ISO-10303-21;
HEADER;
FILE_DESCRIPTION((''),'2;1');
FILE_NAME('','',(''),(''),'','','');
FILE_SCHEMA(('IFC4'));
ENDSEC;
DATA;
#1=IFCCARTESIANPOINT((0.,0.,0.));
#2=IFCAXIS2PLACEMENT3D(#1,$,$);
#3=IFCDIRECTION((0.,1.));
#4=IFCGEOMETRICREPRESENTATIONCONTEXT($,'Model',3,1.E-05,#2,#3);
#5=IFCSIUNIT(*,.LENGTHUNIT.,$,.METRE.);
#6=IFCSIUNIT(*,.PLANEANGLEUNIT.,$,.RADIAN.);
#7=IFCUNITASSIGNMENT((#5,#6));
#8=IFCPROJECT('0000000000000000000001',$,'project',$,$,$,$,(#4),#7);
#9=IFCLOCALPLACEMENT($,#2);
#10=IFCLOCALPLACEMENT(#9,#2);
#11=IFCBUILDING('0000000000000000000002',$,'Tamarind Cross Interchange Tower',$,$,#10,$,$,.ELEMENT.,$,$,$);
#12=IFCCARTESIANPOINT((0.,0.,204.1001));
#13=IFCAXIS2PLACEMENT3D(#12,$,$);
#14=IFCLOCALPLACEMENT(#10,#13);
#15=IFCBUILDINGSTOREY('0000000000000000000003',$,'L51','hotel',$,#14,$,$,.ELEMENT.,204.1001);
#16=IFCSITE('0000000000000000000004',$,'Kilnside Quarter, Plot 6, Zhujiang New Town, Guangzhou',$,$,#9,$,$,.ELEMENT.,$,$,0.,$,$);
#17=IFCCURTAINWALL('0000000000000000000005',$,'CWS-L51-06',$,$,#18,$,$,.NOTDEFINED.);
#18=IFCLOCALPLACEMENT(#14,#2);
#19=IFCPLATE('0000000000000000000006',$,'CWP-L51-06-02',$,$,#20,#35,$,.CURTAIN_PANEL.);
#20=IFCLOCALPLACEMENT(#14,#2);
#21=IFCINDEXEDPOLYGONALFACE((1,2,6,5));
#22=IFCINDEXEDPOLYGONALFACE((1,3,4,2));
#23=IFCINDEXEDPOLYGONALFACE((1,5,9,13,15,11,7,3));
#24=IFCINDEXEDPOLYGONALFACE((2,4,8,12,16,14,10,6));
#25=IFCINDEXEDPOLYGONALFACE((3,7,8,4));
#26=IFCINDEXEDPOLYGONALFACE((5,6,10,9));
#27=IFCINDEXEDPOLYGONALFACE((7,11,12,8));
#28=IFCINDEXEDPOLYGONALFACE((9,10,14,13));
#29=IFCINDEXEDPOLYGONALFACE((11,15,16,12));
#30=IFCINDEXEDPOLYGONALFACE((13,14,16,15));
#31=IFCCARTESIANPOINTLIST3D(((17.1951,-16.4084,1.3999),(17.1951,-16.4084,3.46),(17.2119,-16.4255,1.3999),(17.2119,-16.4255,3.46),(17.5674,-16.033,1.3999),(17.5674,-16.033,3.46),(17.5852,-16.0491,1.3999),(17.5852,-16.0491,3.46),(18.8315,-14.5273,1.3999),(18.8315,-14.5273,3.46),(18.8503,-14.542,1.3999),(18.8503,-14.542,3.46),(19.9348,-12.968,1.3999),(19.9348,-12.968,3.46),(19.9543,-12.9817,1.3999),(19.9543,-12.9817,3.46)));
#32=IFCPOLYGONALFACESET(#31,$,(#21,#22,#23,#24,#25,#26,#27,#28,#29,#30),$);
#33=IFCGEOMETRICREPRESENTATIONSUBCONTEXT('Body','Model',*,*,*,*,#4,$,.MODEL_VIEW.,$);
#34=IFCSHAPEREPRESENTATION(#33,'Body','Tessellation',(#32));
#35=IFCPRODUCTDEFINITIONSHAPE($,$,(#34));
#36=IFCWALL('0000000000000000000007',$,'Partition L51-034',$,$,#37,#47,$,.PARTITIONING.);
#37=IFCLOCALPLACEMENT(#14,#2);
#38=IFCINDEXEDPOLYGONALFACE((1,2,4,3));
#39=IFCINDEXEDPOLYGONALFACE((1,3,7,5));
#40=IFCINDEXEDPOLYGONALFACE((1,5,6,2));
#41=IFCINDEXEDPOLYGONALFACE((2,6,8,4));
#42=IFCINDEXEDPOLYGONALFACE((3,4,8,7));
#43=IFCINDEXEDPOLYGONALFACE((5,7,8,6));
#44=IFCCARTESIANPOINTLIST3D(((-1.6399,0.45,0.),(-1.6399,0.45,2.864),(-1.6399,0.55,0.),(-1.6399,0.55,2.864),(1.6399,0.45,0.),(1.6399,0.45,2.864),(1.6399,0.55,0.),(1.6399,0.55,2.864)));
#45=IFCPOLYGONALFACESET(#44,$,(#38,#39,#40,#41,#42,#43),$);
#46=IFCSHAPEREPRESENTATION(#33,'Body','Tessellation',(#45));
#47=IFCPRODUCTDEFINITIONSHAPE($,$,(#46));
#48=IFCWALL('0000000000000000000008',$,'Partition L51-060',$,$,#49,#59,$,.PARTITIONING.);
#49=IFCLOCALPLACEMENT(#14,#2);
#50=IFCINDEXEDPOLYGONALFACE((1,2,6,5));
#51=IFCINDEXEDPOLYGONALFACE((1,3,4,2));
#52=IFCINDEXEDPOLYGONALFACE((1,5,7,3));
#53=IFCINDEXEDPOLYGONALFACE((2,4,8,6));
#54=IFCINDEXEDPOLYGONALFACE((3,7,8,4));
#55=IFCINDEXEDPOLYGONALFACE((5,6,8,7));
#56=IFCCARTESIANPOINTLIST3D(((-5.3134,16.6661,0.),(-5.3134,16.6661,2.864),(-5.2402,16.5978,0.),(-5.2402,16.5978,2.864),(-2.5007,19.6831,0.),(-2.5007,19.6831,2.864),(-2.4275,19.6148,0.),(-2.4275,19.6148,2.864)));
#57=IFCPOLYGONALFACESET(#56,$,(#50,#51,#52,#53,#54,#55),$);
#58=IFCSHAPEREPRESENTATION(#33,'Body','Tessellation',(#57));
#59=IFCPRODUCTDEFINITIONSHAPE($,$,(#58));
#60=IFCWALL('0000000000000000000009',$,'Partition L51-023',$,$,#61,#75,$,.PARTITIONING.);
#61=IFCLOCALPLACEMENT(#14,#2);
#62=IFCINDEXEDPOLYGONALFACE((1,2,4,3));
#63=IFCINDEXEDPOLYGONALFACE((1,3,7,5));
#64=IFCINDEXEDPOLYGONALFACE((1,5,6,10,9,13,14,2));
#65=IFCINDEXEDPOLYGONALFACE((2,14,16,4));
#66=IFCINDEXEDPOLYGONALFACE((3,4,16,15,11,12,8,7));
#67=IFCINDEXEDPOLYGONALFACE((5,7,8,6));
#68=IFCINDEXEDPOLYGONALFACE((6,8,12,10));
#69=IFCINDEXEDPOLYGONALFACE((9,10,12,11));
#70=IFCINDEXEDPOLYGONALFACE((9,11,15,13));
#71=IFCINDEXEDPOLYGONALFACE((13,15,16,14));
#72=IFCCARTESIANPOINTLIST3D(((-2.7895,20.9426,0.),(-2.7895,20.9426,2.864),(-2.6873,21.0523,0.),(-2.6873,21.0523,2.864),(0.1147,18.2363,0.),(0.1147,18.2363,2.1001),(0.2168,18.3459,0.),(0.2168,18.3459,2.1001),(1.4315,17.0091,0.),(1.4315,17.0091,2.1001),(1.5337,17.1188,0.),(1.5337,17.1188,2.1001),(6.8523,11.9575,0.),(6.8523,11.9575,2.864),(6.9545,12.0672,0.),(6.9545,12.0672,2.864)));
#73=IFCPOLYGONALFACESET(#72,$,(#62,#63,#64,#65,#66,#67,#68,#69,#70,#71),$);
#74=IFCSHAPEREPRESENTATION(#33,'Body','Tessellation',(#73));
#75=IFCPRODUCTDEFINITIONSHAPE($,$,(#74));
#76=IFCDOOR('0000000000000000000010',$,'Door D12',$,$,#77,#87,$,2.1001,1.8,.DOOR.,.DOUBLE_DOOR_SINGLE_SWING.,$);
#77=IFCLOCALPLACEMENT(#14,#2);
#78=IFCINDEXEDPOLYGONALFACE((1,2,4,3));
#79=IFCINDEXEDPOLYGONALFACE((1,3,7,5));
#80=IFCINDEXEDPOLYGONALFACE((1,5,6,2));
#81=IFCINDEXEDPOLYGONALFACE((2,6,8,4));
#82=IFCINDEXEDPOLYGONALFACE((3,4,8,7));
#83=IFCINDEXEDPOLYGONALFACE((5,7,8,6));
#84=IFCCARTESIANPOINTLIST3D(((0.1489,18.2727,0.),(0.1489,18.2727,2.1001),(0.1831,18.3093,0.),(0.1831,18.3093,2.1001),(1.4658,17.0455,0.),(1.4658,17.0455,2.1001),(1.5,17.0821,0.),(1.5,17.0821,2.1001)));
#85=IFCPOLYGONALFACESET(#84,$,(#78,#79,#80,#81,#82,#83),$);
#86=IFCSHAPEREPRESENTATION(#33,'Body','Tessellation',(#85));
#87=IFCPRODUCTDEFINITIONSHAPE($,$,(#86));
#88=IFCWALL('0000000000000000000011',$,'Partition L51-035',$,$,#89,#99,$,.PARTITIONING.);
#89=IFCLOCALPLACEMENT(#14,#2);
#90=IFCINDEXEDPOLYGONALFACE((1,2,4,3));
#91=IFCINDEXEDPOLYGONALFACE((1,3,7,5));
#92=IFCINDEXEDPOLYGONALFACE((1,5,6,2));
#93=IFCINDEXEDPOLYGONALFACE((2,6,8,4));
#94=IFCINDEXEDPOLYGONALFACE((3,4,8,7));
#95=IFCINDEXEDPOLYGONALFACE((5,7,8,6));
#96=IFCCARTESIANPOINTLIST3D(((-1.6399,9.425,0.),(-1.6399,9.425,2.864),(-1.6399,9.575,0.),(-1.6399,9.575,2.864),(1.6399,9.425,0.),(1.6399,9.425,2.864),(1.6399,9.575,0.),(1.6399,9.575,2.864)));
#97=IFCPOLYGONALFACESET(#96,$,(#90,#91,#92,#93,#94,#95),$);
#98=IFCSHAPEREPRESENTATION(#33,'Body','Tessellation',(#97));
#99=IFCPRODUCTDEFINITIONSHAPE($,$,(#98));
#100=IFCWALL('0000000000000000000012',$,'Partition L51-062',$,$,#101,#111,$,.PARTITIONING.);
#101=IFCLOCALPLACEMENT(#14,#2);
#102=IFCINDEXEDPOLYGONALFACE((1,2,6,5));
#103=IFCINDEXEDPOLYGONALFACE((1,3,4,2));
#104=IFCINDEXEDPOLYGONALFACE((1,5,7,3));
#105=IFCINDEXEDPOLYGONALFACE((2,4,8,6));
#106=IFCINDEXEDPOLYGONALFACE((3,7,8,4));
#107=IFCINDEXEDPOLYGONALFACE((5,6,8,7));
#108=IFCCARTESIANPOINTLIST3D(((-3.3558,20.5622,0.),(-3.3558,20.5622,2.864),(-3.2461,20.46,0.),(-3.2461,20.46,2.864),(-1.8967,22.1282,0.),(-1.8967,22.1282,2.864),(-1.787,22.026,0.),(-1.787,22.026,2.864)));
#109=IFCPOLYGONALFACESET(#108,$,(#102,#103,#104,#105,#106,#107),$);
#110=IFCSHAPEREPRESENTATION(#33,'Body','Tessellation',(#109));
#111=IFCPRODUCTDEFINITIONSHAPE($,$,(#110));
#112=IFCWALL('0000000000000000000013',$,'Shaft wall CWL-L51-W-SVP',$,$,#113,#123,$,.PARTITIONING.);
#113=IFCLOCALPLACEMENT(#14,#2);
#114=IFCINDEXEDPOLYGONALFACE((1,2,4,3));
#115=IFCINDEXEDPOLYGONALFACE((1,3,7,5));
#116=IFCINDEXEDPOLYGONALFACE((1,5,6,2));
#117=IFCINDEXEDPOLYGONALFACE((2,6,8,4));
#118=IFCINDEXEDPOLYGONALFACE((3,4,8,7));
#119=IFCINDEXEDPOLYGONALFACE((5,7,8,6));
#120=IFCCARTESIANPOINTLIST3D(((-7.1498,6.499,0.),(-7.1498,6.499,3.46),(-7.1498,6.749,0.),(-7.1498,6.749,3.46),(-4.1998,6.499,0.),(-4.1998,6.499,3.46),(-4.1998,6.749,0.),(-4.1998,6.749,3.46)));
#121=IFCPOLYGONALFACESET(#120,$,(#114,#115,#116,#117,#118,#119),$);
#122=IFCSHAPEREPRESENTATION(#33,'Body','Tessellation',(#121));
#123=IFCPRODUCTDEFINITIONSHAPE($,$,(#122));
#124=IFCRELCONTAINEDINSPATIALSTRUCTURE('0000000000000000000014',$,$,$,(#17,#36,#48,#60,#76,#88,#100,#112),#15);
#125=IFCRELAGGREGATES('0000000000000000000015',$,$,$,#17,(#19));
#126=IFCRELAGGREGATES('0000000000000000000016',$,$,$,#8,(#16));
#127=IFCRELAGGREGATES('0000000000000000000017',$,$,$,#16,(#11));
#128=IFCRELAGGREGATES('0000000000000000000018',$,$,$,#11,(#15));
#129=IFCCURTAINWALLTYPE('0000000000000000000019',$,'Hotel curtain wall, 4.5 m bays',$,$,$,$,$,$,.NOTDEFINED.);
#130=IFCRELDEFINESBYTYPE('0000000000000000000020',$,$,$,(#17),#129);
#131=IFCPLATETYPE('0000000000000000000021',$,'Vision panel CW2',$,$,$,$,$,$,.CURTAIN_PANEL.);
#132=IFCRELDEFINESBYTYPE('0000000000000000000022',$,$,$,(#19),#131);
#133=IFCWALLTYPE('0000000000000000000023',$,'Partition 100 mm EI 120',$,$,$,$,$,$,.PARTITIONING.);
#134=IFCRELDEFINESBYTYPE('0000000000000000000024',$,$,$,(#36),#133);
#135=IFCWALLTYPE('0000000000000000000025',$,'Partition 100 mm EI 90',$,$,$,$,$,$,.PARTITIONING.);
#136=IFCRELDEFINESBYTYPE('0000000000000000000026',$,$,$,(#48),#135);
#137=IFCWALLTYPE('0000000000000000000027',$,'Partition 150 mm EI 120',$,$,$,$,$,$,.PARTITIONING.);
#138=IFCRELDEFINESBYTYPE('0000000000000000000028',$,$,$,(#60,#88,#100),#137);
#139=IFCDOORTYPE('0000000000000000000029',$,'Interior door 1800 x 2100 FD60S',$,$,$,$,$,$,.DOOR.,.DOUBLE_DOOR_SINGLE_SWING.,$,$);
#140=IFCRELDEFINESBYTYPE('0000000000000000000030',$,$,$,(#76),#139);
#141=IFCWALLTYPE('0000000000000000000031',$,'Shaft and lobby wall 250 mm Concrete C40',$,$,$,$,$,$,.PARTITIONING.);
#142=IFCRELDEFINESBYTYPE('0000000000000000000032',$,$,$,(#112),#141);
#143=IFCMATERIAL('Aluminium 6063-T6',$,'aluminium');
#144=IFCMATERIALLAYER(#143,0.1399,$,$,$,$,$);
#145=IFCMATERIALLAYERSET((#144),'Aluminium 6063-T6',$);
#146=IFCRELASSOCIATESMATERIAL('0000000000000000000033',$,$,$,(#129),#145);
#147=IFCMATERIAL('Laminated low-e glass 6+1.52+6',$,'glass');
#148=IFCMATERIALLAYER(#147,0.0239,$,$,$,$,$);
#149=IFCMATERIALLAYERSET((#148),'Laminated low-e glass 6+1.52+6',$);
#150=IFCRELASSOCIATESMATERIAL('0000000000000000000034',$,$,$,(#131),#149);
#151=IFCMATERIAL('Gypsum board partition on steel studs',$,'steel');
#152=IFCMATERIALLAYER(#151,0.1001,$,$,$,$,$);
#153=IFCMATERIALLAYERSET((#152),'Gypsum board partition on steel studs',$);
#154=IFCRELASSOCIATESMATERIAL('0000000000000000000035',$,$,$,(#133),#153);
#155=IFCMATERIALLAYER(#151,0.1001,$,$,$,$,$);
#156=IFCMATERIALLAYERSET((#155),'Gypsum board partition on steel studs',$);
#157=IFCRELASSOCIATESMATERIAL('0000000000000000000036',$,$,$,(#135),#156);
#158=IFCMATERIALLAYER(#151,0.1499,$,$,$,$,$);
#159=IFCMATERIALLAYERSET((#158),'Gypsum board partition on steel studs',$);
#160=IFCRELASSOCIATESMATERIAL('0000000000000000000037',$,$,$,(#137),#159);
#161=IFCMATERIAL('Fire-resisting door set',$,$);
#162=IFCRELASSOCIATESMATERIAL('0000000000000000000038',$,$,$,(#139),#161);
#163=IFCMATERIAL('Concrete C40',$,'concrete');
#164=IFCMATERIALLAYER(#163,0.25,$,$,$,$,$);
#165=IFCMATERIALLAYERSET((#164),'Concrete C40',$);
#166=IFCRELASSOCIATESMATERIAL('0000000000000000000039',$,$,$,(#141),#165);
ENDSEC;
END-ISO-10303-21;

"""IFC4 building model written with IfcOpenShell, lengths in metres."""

from ifc_helpers import new_model, si_unit, direction, frame, frame_2d, origin, place, context, subcontext, project, spatial, polyline, rectangle, outline, extrude, material, layer, layer_set, type_object, element, fill, aggregate, save


model = new_model("IFC4")

# Units and contexts
model_context = context("Model", 3, precision=1e-05, world=origin(), true_north=direction((0.0, 1.0)))
body_context = subcontext(model_context, "Body", "Model", "MODEL_VIEW")
ifc_project = project(units=[si_unit("LENGTHUNIT", "METRE"), si_unit("PLANEANGLEUNIT", "RADIAN")], contexts=[model_context])

# Site, building, storey
site_placement = place(None, origin())
site = spatial("IfcSite", under=ifc_project, at=site_placement, Name="Kilnside Quarter, Plot 6, Zhujiang New Town, Guangzhou", CompositionType="ELEMENT", RefElevation=0.0)
building_placement = place(site_placement, origin())
building = spatial("IfcBuilding", under=site, at=building_placement, Name="Tamarind Cross Interchange Tower", CompositionType="ELEMENT")
storey_placement = place(building_placement, frame((0.0, 0.0, 204.1001)))
storey = spatial("IfcBuildingStorey", under=building, at=storey_placement, Name="L51", Description="hotel", CompositionType="ELEMENT", Elevation=204.1001)

# Shared definitions
ifc_material_1 = material(Name="Aluminium 6063-T6", Category="aluminium")
ifc_layer_1 = layer(ifc_material_1, 0.1399)
ifc_layer_set_1 = layer_set([ifc_layer_1], Name="Aluminium 6063-T6")
curtain_wall_type = type_object("IfcCurtainWallType", Name="Hotel curtain wall, 4.5 m bays", PredefinedType="NOTDEFINED", material=ifc_layer_set_1)

# Shared definitions
ifc_material_2 = material(Name="Laminated low-e glass 6+1.52+6", Category="glass")
ifc_layer_2 = layer(ifc_material_2, 0.0239)
ifc_layer_set_2 = layer_set([ifc_layer_2], Name="Laminated low-e glass 6+1.52+6")
plate_type = type_object("IfcPlateType", Name="Vision panel CW2", PredefinedType="CURTAIN_PANEL", material=ifc_layer_set_2)

# Curtain wall, plate
curtain_wall_1_placement = place(storey_placement, origin())
curtain_wall_1 = element("IfcCurtainWall", 1, at=curtain_wall_1_placement, inside=storey, type_object=curtain_wall_type, Name="CWS-L51-06", PredefinedType="NOTDEFINED")
plate_1_placement = place(storey_placement, frame((0.0, 0.0, 1.3999)))
plate_1 = element("IfcPlate", 2, at=plate_1_placement, type_object=plate_type, Name="CWP-L51-06-02", PredefinedType="CURTAIN_PANEL", context=body_context, shape_type="SweptSolid", body=[
    extrude(outline(polyline([(17.1951, -16.4084), (17.5674, -16.033), (18.8315, -14.5273), (19.9348, -12.968), (19.9543, -12.9817), (18.8503, -14.542), (17.5852, -16.0491), (17.2119, -16.4255), (17.1951, -16.4084)])), origin(), (0.0, 0.0, 1.0), 2.0601),
])
aggregate(curtain_wall_1, [plate_1])

# Walls
ifc_material_3 = material(Name="Gypsum board partition on steel studs", Category="steel")
ifc_layer_3 = layer(ifc_material_3, 0.1001)
ifc_layer_set_3 = layer_set([ifc_layer_3], Name="Gypsum board partition on steel studs")
wall_type_1 = type_object("IfcWallType", Name="Partition 100 mm EI 120", PredefinedType="PARTITIONING", material=ifc_layer_set_3)
wall_1_placement = place(storey_placement, frame((-1.6399, 0.5, 0.0), z_axis=(0.0, 0.0, 1.0), x_axis=(1.0, 0.0, 0.0)))
element("IfcWall", 3, at=wall_1_placement, inside=storey, type_object=wall_type_1, Name="Partition L51-034", PredefinedType="PARTITIONING", context=body_context, shape_type="SweptSolid", body=[
    extrude(rectangle(XDim=3.2798, YDim=0.1001, at=frame_2d((1.6399, 0.0))), origin(), (0.0, 0.0, 1.0), 2.864),
])
ifc_layer_4 = layer(ifc_material_3, 0.1001)
ifc_layer_set_4 = layer_set([ifc_layer_4], Name="Gypsum board partition on steel studs")
wall_type_2 = type_object("IfcWallType", Name="Partition 100 mm EI 90", PredefinedType="PARTITIONING", material=ifc_layer_set_4)
wall_2_placement = place(storey_placement, frame((-5.2769, 16.6318, 0.0), z_axis=(0.0, 0.0, 1.0), x_axis=(0.681903, 0.731443, 0.0)))
element("IfcWall", 4, at=wall_2_placement, inside=storey, type_object=wall_type_2, Name="Partition L51-060", PredefinedType="PARTITIONING", context=body_context, shape_type="SweptSolid", body=[
    extrude(rectangle(XDim=4.1248, YDim=0.1001, at=frame_2d((2.0625, 0.0))), origin(), (0.0, 0.0, 1.0), 2.864),
])

# Wall, opening, door
ifc_layer_5 = layer(ifc_material_3, 0.1499)
ifc_layer_set_5 = layer_set([ifc_layer_5], Name="Gypsum board partition on steel studs")
wall_type_3 = type_object("IfcWallType", Name="Partition 150 mm EI 120", PredefinedType="PARTITIONING", material=ifc_layer_set_5)
wall_3_placement = place(storey_placement, frame((-2.7385, 20.9976, 0.0), z_axis=(0.0, 0.0, 1.0), x_axis=(0.731583, -0.681752, 0.0)))
wall_3 = element("IfcWall", 5, at=wall_3_placement, inside=storey, type_object=wall_type_3, Name="Partition L51-023", PredefinedType="PARTITIONING", context=body_context, shape_type="SweptSolid", body=[
    extrude(rectangle(XDim=13.1794, YDim=0.1499, at=frame_2d((6.5898, 0.0))), origin(), (0.0, 0.0, 1.0), 2.864),
])
opening_placement = place(wall_3_placement, frame((3.97, 0.0, 0.0)))
opening = element("IfcOpeningElement", 6, at=opening_placement, cuts=wall_3, PredefinedType="OPENING", context=body_context, shape_type="SweptSolid", body=[
    extrude(rectangle(XDim=1.8, YDim=2.1001, at=frame_2d((0.8999, 1.05))), frame((0.0, 0.085, 0.0), z_axis=(0.0, -1.0, 0.0), x_axis=(1.0, 0.0, 0.0)), (0.0, 0.0, 1.0), 0.1699),
])
ifc_material_4 = material(Name="Fire-resisting door set")
door_type = type_object("IfcDoorType", Name="Interior door 1800 x 2100 FD60S", OperationType="DOUBLE_DOOR_SINGLE_SWING", PredefinedType="DOOR", material=ifc_material_4)
door_placement = place(opening_placement, frame((1.8, 0.0, 0.0), z_axis=(0.0, 0.0, 1.0), x_axis=(-1.0, 0.0, 0.0)))
door = element("IfcDoor", 7, at=door_placement, inside=storey, type_object=door_type, Name="Door D12", OperationType="DOUBLE_DOOR_SINGLE_SWING", OverallHeight=2.1001, OverallWidth=1.8, PredefinedType="DOOR", context=body_context, shape_type="SweptSolid", body=[
    extrude(rectangle(XDim=1.8, YDim=2.1001, at=frame_2d((0.8999, 1.05))), frame((0.0, 0.0249, 0.0), z_axis=(0.0, -1.0, 0.0), x_axis=(1.0, 0.0, 0.0)), (0.0, 0.0, 1.0), 0.05),
])
fill(opening, door)

# Walls
wall_4_placement = place(storey_placement, frame((-1.6399, 9.5, 0.0), z_axis=(0.0, 0.0, 1.0), x_axis=(1.0, 0.0, 0.0)))
element("IfcWall", 8, at=wall_4_placement, inside=storey, type_object=wall_type_3, Name="Partition L51-035", PredefinedType="PARTITIONING", context=body_context, shape_type="SweptSolid", body=[
    extrude(rectangle(XDim=3.2798, YDim=0.1499, at=frame_2d((1.6399, 0.0))), origin(), (0.0, 0.0, 1.0), 2.864),
])
wall_5_placement = place(storey_placement, frame((-3.301, 20.511, 0.0), z_axis=(0.0, 0.0, 1.0), x_axis=(0.681684, 0.731647, 0.0)))
element("IfcWall", 9, at=wall_5_placement, inside=storey, type_object=wall_type_3, Name="Partition L51-062", PredefinedType="PARTITIONING", context=body_context, shape_type="SweptSolid", body=[
    extrude(rectangle(XDim=2.1404, YDim=0.1499, at=frame_2d((1.0703, 0.0))), origin(), (0.0, 0.0, 1.0), 2.864),
])
ifc_material_5 = material(Name="Concrete C40", Category="concrete")
ifc_layer_6 = layer(ifc_material_5, 0.25)
ifc_layer_set_6 = layer_set([ifc_layer_6], Name="Concrete C40")
wall_type_4 = type_object("IfcWallType", Name="Shaft and lobby wall 250 mm Concrete C40", PredefinedType="PARTITIONING", material=ifc_layer_set_6)
wall_6_placement = place(storey_placement, frame((-7.1499, 6.624, 0.0), z_axis=(0.0, 0.0, 1.0), x_axis=(1.0, 0.0, 0.0)))
element("IfcWall", 10, at=wall_6_placement, inside=storey, type_object=wall_type_4, Name="Shaft wall CWL-L51-W-SVP", PredefinedType="PARTITIONING", context=body_context, shape_type="SweptSolid", body=[
    extrude(rectangle(XDim=2.95, YDim=0.25, at=frame_2d((1.4751, 0.0))), origin(), (0.0, 0.0, 1.0), 3.46),
])

save(model, "model.ifc")
